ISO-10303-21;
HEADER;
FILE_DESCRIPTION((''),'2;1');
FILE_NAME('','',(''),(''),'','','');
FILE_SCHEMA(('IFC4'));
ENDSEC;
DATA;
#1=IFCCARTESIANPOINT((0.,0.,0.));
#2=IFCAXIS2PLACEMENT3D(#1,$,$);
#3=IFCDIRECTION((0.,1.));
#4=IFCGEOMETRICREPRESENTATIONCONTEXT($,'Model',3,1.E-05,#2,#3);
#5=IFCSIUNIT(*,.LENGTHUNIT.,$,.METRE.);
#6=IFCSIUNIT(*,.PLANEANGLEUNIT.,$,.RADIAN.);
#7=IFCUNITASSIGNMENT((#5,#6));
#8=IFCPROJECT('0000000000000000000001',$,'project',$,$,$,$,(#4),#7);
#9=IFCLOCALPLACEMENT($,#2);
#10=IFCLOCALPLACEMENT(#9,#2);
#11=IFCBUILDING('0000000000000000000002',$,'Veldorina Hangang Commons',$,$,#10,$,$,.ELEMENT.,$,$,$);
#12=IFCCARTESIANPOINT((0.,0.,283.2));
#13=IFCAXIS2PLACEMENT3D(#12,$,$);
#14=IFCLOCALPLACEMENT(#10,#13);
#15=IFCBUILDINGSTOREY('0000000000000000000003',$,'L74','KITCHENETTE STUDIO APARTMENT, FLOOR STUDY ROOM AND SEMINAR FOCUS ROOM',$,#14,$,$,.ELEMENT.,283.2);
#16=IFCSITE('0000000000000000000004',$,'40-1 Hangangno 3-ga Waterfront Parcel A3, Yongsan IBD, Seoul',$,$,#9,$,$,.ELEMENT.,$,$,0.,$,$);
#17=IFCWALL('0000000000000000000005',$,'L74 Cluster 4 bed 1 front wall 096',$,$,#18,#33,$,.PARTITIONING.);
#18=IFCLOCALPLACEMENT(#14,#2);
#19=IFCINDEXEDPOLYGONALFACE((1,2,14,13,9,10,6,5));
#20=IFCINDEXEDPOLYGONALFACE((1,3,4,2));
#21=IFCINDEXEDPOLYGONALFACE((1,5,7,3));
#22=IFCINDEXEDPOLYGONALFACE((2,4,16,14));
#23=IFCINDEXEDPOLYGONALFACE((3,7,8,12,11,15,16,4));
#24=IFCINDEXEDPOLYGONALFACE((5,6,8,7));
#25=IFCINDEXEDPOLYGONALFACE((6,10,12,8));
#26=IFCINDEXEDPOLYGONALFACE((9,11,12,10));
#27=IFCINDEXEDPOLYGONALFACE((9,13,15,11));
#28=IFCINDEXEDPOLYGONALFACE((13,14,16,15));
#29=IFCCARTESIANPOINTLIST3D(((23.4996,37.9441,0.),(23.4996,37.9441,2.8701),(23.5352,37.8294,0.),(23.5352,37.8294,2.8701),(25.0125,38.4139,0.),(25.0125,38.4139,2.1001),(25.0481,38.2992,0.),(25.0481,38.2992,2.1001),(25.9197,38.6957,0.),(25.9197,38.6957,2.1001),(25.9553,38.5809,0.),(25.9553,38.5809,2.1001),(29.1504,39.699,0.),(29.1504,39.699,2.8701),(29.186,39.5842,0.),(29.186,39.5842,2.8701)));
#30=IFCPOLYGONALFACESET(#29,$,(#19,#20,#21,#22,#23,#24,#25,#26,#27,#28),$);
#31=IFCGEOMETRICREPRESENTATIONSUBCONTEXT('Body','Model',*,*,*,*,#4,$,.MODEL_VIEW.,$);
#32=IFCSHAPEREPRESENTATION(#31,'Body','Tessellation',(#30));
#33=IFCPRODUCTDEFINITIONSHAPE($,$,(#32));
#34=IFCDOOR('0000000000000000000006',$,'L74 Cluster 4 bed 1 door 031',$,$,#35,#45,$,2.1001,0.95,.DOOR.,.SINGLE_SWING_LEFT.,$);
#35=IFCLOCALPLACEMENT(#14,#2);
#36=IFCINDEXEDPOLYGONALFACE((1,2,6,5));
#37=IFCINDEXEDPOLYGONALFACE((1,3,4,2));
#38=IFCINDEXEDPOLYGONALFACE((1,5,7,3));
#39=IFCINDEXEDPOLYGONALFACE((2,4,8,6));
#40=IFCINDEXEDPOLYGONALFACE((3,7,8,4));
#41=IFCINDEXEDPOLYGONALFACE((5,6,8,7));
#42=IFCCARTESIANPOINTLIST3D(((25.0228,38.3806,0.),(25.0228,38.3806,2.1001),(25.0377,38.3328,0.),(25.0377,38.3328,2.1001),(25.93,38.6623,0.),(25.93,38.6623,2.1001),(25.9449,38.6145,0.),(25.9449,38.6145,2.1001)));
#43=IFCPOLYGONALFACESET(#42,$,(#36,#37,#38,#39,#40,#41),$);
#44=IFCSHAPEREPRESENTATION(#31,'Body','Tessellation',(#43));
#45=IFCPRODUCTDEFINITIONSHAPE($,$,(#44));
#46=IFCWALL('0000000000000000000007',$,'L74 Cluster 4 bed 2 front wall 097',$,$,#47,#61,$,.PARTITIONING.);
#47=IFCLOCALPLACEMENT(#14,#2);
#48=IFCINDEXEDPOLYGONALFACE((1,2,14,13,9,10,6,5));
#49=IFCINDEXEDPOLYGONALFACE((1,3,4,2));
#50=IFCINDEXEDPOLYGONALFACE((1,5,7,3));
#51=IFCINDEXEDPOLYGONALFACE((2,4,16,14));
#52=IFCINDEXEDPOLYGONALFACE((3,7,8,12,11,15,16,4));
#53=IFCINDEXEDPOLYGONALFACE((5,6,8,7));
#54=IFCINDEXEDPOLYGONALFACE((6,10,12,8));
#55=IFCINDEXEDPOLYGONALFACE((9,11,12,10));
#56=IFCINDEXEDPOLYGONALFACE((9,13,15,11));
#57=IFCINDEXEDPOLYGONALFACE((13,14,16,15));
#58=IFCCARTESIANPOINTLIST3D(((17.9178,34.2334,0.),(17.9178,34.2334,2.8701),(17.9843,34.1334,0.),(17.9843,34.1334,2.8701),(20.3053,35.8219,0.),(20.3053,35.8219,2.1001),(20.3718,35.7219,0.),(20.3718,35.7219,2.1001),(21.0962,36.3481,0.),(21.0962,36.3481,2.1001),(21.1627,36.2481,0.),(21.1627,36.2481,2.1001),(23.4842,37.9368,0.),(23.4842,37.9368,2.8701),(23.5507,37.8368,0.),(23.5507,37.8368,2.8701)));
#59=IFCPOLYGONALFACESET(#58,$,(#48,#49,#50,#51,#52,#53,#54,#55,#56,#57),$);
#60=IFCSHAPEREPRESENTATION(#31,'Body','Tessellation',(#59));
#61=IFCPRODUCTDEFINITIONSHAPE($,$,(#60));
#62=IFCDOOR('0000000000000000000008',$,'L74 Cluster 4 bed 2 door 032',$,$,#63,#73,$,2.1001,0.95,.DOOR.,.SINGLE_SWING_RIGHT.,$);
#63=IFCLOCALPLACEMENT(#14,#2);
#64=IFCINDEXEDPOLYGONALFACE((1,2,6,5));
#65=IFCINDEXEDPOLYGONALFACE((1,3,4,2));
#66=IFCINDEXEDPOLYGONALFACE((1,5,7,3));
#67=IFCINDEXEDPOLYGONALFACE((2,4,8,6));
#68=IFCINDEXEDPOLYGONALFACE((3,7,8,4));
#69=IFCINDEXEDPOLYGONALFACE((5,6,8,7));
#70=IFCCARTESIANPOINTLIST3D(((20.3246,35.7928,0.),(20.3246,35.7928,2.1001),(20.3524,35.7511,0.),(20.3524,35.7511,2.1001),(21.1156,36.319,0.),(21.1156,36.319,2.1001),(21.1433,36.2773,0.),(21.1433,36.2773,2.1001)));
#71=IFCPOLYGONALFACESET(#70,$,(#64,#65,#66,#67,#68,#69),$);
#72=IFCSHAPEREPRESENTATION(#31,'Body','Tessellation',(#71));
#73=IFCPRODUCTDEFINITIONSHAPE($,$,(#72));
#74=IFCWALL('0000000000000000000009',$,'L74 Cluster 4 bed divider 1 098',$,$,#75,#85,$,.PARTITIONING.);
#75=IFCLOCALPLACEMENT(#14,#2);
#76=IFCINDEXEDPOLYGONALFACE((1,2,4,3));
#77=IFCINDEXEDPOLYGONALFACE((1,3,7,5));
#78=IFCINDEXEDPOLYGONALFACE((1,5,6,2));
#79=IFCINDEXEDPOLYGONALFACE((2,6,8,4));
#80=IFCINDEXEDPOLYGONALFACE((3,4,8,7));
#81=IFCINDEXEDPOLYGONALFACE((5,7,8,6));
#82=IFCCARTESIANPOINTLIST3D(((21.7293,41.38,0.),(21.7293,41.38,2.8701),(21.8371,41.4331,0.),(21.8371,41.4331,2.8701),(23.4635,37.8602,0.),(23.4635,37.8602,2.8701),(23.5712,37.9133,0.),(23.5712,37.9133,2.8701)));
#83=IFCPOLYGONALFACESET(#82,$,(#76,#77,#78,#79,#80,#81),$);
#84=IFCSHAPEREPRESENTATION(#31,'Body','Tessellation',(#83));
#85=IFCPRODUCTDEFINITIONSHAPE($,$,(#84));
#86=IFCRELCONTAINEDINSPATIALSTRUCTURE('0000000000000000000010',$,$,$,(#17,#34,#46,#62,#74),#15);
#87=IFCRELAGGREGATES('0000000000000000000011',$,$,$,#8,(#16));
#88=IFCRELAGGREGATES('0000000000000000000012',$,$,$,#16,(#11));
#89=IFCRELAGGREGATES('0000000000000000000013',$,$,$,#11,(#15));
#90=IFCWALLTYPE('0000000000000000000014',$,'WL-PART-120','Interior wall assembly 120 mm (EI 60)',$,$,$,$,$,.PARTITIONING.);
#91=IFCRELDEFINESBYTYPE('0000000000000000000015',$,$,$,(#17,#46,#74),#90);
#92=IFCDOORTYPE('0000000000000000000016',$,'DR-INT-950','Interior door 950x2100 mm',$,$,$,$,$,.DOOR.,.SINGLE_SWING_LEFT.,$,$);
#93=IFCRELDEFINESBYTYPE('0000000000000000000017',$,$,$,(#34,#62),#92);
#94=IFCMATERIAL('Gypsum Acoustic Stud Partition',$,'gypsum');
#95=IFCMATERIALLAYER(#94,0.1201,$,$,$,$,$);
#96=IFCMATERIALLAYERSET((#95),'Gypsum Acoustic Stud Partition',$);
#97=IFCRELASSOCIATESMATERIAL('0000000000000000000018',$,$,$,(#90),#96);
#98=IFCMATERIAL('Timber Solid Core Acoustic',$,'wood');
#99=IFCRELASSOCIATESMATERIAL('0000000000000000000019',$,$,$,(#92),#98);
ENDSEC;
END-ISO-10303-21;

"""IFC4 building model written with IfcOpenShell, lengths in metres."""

from ifc_helpers import new_model, si_unit, direction, frame, frame_2d, origin, place, context, subcontext, project, spatial, rectangle, extrude, material, layer, layer_set, type_object, element, fill, save


model = new_model("IFC4")

# Units and contexts
model_context = context("Model", 3, precision=1e-05, world=origin(), true_north=direction((0.0, 1.0)))
body_context = subcontext(model_context, "Body", "Model", "MODEL_VIEW")
ifc_project = project(units=[si_unit("LENGTHUNIT", "METRE"), si_unit("PLANEANGLEUNIT", "RADIAN")], contexts=[model_context])

# Site, building, storey
site_placement = place(None, origin())
site = spatial("IfcSite", under=ifc_project, at=site_placement, Name="40-1 Hangangno 3-ga Waterfront Parcel A3, Yongsan IBD, Seoul", CompositionType="ELEMENT", RefElevation=0.0)
building_placement = place(site_placement, origin())
building = spatial("IfcBuilding", under=site, at=building_placement, Name="Veldorina Hangang Commons", CompositionType="ELEMENT")
storey_placement = place(building_placement, frame((0.0, 0.0, 283.2)))
storey = spatial("IfcBuildingStorey", under=building, at=storey_placement, Name="L74", Description="KITCHENETTE STUDIO APARTMENT, FLOOR STUDY ROOM AND SEMINAR FOCUS ROOM", CompositionType="ELEMENT", Elevation=283.2)

# Shared definitions
ifc_material_1 = material(Name="Gypsum Acoustic Stud Partition", Category="gypsum")
ifc_layer_1 = layer(ifc_material_1, 0.1201)
ifc_layer_set_1 = layer_set([ifc_layer_1], Name="Gypsum Acoustic Stud Partition")
wall_type_1 = type_object("IfcWallType", Name="WL-PART-120", Description="Interior wall assembly 120 mm (EI 60)", PredefinedType="PARTITIONING", material=ifc_layer_set_1)

# Walls, openings, doors
wall_1_placement = place(storey_placement, frame((29.1682, 39.6416, 0.0), z_axis=(0.0, 0.0, 1.0), x_axis=(-0.955009, -0.296578, 0.0)))
wall_1 = element("IfcWall", 1, at=wall_1_placement, inside=storey, type_object=wall_type_1, Name="L74 Cluster 4 bed 1 front wall 096", PredefinedType="PARTITIONING", context=body_context, shape_type="SweptSolid", body=[
    extrude(rectangle(XDim=5.917, YDim=0.1201, at=frame_2d((2.9585, 0.0))), origin(), (0.0, 0.0, 1.0), 2.8701),
])
opening_1_placement = place(wall_1_placement, frame((3.3828, 0.0, 0.0)))
opening_1 = element("IfcOpeningElement", 2, at=opening_1_placement, cuts=wall_1, PredefinedType="OPENING", context=body_context, shape_type="SweptSolid", body=[
    extrude(rectangle(XDim=0.95, YDim=2.1001, at=frame_2d((0.4751, 1.05))), frame((0.0, 0.0701, 0.0), z_axis=(0.0, -1.0, 0.0), x_axis=(1.0, 0.0, 0.0)), (0.0, 0.0, 1.0), 0.1401),
])
ifc_material_2 = material(Name="Timber Solid Core Acoustic", Category="wood")
door_type_1 = type_object("IfcDoorType", Name="DR-INT-950", Description="Interior door 950x2100 mm", OperationType="SINGLE_SWING_LEFT", PredefinedType="DOOR", material=ifc_material_2)
door_1_placement = place(opening_1_placement, origin())
door_1 = element("IfcDoor", 3, at=door_1_placement, inside=storey, type_object=door_type_1, Name="L74 Cluster 4 bed 1 door 031", OperationType="SINGLE_SWING_LEFT", OverallHeight=2.1001, OverallWidth=0.95, PredefinedType="DOOR", context=body_context, shape_type="SweptSolid", body=[
    extrude(rectangle(XDim=0.95, YDim=2.1001, at=frame_2d((0.4751, 1.05))), frame((0.0, 0.0249, 0.0), z_axis=(0.0, -1.0, 0.0), x_axis=(1.0, 0.0, 0.0)), (0.0, 0.0, 1.0), 0.05),
])
fill(opening_1, door_1)
wall_2_placement = place(storey_placement, frame((23.5173, 37.8867, 0.0), z_axis=(0.0, 0.0, 1.0), x_axis=(-0.832572, -0.553916, 0.0)))
wall_2 = element("IfcWall", 4, at=wall_2_placement, inside=storey, type_object=wall_type_1, Name="L74 Cluster 4 bed 2 front wall 097", PredefinedType="PARTITIONING", context=body_context, shape_type="SweptSolid", body=[
    extrude(rectangle(XDim=6.6858, YDim=0.1201, at=frame_2d((3.3428, 0.0))), origin(), (0.0, 0.0, 1.0), 2.8701),
])
opening_2_placement = place(wall_2_placement, frame((2.8679, 0.0, 0.0)))
opening_2 = element("IfcOpeningElement", 5, at=opening_2_placement, cuts=wall_2, PredefinedType="OPENING", context=body_context, shape_type="SweptSolid", body=[
    extrude(rectangle(XDim=0.95, YDim=2.1001, at=frame_2d((0.4751, 1.05))), frame((0.0, 0.0701, 0.0), z_axis=(0.0, -1.0, 0.0), x_axis=(1.0, 0.0, 0.0)), (0.0, 0.0, 1.0), 0.1401),
])
door_2_placement = place(opening_2_placement, origin())
door_2 = element("IfcDoor", 6, at=door_2_placement, inside=storey, type_object=door_type_1, Name="L74 Cluster 4 bed 2 door 032", OperationType="SINGLE_SWING_RIGHT", OverallHeight=2.1001, OverallWidth=0.95, PredefinedType="DOOR", context=body_context, shape_type="SweptSolid", body=[
    extrude(rectangle(XDim=0.95, YDim=2.1001, at=frame_2d((0.4751, 1.05))), frame((0.0, 0.0249, 0.0), z_axis=(0.0, -1.0, 0.0), x_axis=(1.0, 0.0, 0.0)), (0.0, 0.0, 1.0), 0.05),
])
fill(opening_2, door_2)

# Wall
wall_3_placement = place(storey_placement, frame((23.5173, 37.8867, 0.0), z_axis=(0.0, 0.0, 1.0), x_axis=(-0.441954, 0.897037, 0.0)))
element("IfcWall", 7, at=wall_3_placement, inside=storey, type_object=wall_type_1, Name="L74 Cluster 4 bed divider 1 098", PredefinedType="PARTITIONING", context=body_context, shape_type="SweptSolid", body=[
    extrude(rectangle(XDim=3.9238, YDim=0.1201, at=frame_2d((1.9619, 0.0))), origin(), (0.0, 0.0, 1.0), 2.8701),
])

save(model, "model.ifc")
